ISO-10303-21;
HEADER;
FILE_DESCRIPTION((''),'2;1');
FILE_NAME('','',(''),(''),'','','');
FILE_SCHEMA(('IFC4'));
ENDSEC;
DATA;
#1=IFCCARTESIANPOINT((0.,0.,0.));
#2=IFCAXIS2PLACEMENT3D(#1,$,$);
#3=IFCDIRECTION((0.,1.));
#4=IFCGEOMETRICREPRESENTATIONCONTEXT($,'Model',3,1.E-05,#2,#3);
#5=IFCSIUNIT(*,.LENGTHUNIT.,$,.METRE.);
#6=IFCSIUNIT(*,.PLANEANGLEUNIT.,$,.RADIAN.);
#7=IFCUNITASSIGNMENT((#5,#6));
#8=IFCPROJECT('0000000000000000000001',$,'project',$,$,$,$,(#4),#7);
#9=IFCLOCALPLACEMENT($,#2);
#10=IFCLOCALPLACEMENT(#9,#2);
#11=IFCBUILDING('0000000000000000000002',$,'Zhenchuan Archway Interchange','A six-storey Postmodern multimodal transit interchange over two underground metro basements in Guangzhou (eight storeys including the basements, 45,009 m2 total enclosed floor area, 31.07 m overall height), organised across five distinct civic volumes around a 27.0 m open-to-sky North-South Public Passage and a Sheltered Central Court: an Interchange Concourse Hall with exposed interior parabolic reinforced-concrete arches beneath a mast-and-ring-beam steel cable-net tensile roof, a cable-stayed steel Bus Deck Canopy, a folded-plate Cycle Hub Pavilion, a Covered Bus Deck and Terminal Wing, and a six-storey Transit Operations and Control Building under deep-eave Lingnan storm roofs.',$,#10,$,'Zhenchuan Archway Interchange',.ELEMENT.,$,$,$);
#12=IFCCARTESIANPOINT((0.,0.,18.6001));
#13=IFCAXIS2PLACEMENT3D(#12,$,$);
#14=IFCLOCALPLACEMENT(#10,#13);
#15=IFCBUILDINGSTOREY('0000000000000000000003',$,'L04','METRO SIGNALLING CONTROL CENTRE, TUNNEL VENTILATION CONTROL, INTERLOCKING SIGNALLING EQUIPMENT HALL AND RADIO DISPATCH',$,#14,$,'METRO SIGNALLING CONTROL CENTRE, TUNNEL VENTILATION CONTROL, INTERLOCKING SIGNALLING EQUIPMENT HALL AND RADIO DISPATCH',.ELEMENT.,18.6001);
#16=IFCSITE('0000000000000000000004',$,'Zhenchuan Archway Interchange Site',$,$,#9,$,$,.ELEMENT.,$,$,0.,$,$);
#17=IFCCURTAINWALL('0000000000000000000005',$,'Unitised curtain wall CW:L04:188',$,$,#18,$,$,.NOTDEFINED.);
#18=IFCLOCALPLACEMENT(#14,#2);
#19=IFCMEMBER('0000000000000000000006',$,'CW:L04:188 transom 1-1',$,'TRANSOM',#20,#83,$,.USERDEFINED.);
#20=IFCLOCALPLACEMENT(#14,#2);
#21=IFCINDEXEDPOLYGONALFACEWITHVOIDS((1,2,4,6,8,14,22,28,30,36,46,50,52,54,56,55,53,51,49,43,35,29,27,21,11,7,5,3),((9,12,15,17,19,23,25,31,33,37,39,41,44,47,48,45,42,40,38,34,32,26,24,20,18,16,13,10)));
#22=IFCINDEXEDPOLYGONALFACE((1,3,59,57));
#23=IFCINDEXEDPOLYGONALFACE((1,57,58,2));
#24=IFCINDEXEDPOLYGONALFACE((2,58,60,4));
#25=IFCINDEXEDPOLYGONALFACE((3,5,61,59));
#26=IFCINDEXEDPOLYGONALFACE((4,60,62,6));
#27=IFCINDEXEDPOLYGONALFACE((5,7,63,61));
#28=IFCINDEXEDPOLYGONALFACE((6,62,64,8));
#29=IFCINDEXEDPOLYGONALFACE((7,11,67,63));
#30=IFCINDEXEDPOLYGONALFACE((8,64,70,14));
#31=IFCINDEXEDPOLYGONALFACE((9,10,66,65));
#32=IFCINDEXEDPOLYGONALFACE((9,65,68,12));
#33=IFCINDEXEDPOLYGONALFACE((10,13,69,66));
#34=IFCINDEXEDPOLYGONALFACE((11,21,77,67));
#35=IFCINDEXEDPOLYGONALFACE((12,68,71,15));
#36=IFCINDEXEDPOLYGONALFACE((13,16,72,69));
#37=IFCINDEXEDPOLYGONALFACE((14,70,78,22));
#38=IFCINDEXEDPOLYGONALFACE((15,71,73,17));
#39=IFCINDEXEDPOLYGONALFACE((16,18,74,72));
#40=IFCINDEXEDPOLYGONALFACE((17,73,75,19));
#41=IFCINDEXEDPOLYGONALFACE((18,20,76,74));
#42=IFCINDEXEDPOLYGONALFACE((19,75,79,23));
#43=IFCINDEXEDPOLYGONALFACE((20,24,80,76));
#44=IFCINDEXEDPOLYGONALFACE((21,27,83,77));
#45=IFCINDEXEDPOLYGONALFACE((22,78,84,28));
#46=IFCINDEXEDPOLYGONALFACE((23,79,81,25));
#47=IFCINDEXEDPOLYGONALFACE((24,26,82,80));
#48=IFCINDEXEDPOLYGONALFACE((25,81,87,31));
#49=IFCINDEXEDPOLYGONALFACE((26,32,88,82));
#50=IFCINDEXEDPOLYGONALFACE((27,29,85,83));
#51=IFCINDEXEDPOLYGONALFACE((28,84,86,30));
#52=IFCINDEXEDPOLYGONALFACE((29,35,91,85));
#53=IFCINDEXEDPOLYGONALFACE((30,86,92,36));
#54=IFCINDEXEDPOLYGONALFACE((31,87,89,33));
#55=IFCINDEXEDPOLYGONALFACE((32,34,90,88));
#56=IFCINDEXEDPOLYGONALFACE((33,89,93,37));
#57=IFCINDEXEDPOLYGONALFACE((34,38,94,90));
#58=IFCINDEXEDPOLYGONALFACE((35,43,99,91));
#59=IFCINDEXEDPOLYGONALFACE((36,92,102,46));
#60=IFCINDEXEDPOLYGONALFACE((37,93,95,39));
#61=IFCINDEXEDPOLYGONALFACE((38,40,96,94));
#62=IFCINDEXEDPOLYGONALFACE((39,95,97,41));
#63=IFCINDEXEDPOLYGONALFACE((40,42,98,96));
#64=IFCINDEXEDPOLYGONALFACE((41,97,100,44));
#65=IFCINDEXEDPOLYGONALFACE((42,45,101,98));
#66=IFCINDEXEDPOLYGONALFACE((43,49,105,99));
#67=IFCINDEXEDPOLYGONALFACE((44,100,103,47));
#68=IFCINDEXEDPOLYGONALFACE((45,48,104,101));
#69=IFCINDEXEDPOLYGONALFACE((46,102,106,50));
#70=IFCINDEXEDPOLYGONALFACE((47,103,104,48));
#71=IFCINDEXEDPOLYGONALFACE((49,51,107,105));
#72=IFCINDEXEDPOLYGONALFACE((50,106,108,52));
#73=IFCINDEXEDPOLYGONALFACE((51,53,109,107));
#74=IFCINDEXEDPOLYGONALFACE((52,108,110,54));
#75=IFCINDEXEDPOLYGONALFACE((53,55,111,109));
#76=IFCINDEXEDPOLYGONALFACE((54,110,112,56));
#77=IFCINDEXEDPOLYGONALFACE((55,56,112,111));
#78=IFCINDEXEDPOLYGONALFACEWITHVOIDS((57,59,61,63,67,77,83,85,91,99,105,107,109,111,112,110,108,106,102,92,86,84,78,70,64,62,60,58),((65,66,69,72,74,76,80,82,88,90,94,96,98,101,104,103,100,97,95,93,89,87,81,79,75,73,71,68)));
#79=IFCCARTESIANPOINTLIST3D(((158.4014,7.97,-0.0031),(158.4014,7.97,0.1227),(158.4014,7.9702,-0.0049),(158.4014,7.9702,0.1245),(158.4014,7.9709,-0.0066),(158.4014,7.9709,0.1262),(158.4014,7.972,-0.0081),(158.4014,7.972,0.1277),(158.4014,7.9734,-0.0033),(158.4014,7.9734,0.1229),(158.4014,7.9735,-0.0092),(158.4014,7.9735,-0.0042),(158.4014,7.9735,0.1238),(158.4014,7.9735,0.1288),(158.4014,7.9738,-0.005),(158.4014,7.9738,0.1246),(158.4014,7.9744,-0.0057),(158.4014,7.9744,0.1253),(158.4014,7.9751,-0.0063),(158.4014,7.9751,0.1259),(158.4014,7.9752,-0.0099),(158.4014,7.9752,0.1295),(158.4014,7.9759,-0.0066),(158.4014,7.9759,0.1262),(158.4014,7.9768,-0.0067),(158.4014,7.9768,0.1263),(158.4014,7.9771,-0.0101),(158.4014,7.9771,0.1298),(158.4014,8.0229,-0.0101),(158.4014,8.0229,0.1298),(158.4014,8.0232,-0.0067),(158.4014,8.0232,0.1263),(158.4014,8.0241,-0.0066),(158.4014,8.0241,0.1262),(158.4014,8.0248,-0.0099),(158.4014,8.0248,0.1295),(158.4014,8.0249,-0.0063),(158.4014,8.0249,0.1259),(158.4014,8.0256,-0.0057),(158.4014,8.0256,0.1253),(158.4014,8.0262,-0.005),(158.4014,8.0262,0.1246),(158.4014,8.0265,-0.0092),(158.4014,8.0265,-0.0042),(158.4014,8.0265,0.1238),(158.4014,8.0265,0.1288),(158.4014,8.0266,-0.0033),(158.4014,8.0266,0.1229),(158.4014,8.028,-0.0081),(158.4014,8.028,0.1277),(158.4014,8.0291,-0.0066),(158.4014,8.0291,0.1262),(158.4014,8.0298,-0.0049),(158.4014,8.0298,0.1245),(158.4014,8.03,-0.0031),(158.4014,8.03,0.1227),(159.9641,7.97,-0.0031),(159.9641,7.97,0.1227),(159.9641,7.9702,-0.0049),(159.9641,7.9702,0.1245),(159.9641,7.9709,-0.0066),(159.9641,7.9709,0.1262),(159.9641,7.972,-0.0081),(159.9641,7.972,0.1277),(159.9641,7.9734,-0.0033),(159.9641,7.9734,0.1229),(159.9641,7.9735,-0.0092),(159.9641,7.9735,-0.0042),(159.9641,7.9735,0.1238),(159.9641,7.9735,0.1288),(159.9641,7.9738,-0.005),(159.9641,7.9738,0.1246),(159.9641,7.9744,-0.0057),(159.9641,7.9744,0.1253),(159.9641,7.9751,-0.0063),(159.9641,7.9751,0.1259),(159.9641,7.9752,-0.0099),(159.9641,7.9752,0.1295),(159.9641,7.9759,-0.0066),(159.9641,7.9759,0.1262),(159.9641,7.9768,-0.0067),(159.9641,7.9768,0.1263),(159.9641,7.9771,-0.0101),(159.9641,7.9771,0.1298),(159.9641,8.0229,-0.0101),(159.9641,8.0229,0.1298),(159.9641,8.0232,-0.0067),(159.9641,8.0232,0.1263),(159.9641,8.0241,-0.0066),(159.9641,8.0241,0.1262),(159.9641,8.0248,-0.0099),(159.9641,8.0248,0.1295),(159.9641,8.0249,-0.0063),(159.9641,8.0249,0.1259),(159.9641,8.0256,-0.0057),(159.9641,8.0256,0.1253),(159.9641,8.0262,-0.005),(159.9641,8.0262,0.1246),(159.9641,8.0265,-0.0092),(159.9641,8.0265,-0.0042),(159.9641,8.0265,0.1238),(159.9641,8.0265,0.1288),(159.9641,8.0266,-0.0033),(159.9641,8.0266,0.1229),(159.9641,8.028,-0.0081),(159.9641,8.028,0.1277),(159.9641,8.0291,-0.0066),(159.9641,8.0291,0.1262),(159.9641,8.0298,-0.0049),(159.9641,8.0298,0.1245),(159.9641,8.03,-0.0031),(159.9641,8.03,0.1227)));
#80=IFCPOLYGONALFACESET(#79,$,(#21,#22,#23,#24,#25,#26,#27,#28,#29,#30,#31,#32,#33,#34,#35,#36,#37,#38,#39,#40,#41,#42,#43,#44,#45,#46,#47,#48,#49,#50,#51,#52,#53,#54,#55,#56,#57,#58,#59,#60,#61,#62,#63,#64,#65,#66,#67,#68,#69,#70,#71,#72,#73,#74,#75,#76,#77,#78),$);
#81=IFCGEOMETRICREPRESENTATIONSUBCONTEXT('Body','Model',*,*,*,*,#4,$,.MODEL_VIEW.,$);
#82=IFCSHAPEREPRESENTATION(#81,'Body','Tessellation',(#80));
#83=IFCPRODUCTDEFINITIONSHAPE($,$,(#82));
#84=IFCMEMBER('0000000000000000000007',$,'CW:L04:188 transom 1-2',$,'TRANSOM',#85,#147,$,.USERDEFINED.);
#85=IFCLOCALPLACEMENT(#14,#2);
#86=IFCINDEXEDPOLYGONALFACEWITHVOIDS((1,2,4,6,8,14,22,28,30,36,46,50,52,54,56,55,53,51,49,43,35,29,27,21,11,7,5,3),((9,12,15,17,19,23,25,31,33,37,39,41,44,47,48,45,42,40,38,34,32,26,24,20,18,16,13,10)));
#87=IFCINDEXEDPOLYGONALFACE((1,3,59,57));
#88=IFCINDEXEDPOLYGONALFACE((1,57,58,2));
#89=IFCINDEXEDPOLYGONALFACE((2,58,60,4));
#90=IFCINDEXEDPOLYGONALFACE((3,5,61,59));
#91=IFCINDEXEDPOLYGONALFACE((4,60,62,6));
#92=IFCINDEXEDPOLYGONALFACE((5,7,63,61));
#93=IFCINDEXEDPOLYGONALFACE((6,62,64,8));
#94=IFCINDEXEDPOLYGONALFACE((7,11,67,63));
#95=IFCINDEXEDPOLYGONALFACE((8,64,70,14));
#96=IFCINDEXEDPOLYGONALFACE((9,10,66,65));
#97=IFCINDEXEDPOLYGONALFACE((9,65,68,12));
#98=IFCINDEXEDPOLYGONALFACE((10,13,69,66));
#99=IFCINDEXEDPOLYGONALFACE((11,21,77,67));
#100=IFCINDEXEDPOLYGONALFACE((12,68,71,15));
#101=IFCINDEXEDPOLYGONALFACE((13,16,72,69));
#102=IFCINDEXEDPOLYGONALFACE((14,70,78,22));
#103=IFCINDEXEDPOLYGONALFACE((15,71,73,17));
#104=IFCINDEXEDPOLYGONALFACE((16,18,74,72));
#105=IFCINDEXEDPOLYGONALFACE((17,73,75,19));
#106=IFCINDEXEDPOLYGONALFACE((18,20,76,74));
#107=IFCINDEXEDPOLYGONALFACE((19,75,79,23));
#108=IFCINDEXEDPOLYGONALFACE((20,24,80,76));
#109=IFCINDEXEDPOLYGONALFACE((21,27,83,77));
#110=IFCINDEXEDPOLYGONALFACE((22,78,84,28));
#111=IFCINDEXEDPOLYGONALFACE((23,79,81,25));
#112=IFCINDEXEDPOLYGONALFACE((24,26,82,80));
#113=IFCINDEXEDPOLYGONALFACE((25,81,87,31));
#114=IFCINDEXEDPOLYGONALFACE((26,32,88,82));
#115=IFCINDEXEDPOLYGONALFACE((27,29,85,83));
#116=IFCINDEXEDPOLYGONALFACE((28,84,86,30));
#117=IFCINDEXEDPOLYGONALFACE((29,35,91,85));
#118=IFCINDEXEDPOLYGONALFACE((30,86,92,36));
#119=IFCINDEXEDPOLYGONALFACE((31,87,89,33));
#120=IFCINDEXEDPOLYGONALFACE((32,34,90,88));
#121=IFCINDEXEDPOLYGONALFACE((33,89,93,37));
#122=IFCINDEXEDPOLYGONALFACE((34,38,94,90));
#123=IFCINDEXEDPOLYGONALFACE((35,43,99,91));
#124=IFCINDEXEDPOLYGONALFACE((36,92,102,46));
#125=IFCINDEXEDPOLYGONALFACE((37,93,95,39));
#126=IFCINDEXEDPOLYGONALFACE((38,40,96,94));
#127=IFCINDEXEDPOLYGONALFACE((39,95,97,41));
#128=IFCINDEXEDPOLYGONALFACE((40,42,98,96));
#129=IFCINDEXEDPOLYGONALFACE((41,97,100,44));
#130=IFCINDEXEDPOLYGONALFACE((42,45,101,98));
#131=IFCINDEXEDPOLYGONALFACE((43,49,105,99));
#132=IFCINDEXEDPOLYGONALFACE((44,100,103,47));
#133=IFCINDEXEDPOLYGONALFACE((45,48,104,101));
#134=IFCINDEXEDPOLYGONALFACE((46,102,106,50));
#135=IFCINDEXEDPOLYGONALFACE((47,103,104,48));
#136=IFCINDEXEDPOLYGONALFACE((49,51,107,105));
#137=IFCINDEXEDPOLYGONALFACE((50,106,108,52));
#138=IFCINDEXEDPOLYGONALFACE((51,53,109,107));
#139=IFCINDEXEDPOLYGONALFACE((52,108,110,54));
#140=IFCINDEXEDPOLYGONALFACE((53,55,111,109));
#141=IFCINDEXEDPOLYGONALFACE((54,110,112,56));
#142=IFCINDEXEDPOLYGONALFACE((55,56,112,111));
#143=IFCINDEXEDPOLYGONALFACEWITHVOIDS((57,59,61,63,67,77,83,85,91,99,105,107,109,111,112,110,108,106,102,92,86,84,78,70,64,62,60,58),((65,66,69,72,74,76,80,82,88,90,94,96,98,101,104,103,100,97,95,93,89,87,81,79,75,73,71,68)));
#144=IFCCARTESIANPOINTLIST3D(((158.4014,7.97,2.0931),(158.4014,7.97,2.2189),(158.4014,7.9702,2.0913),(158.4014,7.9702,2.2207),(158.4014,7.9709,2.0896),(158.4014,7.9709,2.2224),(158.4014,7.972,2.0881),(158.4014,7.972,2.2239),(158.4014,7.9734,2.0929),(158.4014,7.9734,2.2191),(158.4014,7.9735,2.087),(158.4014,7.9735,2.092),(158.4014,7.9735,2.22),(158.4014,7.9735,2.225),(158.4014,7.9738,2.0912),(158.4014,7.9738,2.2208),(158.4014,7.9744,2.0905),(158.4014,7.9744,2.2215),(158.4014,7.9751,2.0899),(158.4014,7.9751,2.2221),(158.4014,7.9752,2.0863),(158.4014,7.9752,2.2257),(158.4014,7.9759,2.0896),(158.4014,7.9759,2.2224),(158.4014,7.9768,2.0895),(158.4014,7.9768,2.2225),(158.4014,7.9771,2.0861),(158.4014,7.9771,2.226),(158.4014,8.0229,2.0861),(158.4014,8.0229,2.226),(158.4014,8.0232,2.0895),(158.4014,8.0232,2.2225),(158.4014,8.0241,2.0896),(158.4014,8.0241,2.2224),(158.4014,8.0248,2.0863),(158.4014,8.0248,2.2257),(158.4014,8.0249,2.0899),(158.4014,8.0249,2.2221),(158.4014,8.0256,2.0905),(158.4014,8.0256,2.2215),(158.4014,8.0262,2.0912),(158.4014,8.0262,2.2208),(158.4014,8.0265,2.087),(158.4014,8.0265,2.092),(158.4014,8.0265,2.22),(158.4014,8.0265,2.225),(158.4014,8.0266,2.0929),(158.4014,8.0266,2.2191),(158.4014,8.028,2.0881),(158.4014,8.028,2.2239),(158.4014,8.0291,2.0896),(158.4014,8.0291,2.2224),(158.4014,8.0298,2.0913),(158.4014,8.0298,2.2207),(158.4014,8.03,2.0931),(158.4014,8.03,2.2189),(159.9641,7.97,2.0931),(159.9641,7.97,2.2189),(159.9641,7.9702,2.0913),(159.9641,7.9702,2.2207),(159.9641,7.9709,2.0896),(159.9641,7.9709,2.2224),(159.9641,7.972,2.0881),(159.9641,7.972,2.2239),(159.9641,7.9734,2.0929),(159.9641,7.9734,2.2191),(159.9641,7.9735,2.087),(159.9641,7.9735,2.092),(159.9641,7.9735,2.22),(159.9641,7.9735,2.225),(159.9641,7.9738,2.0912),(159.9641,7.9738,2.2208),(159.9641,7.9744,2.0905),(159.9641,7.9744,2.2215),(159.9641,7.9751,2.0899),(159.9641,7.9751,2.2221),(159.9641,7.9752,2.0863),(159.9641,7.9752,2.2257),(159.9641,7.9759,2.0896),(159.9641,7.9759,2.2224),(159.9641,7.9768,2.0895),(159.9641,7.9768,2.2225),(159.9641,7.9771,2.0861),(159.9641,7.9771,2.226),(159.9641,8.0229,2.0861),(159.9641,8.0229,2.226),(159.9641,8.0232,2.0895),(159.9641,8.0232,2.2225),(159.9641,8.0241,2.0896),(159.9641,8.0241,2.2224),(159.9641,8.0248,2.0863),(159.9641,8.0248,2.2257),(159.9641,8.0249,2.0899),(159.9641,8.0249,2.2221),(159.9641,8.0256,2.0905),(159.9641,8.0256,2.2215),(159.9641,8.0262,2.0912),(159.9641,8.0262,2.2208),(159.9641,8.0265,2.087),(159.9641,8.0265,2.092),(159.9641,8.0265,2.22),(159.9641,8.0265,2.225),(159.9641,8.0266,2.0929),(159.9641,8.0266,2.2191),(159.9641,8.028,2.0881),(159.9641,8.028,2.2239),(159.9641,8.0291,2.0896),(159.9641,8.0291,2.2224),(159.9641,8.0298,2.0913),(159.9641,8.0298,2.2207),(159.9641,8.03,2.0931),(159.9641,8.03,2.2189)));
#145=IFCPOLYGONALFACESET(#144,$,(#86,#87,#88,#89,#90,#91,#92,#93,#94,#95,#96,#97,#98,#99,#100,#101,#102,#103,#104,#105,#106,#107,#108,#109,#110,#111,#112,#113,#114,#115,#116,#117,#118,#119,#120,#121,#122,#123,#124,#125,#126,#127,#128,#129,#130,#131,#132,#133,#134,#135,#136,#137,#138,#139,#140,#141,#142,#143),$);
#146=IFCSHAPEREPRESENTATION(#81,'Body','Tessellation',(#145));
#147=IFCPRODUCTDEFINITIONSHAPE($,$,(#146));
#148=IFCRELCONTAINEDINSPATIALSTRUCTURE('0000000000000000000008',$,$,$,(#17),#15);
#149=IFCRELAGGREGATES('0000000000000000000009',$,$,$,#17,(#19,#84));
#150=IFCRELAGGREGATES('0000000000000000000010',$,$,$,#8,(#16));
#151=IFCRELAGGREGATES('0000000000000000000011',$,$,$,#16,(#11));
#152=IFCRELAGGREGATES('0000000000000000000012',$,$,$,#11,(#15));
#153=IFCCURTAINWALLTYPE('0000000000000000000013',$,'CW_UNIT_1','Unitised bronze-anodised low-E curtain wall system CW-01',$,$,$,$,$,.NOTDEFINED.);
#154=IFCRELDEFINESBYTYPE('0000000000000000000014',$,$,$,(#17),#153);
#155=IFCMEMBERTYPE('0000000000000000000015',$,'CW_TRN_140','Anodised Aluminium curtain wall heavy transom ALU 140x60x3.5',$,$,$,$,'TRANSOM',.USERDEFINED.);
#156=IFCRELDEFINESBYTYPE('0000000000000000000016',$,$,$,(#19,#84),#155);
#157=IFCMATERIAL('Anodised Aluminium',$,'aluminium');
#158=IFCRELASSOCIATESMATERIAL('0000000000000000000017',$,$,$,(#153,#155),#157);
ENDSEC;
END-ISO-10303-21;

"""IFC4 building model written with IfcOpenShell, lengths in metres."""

from ifc_helpers import new_model, si_unit, direction, frame, origin, origin_2d, place, context, subcontext, project, spatial, hollow_rectangle, extrude, material, material_profile, profile_set, type_object, element, aggregate, save


model = new_model("IFC4")

# Units and contexts
model_context = context("Model", 3, precision=1e-05, world=origin(), true_north=direction((0.0, 1.0)))
body_context = subcontext(model_context, "Body", "Model", "MODEL_VIEW")
ifc_project = project(units=[si_unit("LENGTHUNIT", "METRE"), si_unit("PLANEANGLEUNIT", "RADIAN")], contexts=[model_context])

# Site, building, storey
site_placement = place(None, origin())
site = spatial("IfcSite", under=ifc_project, at=site_placement, Name="Zhenchuan Archway Interchange Site", CompositionType="ELEMENT", RefElevation=0.0)
building_placement = place(site_placement, origin())
building = spatial("IfcBuilding", under=site, at=building_placement, Name="Zhenchuan Archway Interchange", Description="A six-storey Postmodern multimodal transit interchange over two underground metro basements in Guangzhou (eight storeys including the basements, 45,009 m2 total enclosed floor area, 31.07 m overall height), organised across five distinct civic volumes around a 27.0 m open-to-sky North-South Public Passage and a Sheltered Central Court: an Interchange Concourse Hall with exposed interior parabolic reinforced-concrete arches beneath a mast-and-ring-beam steel cable-net tensile roof, a cable-stayed steel Bus Deck Canopy, a folded-plate Cycle Hub Pavilion, a Covered Bus Deck and Terminal Wing, and a six-storey Transit Operations and Control Building under deep-eave Lingnan storm roofs.", LongName="Zhenchuan Archway Interchange", CompositionType="ELEMENT")
storey_placement = place(building_placement, frame((0.0, 0.0, 18.6001)))
storey = spatial("IfcBuildingStorey", under=building, at=storey_placement, Name="L04", Description="METRO SIGNALLING CONTROL CENTRE, TUNNEL VENTILATION CONTROL, INTERLOCKING SIGNALLING EQUIPMENT HALL AND RADIO DISPATCH", LongName="METRO SIGNALLING CONTROL CENTRE, TUNNEL VENTILATION CONTROL, INTERLOCKING SIGNALLING EQUIPMENT HALL AND RADIO DISPATCH", CompositionType="ELEMENT", Elevation=18.6001)

# Curtain wall, members
ifc_material_1 = material(Name="Anodised Aluminium", Category="aluminium")
curtain_wall_type = type_object("IfcCurtainWallType", Name="CW_UNIT_1", Description="Unitised bronze-anodised low-E curtain wall system CW-01", PredefinedType="NOTDEFINED", material=ifc_material_1)
curtain_wall_placement = place(storey_placement, origin())
curtain_wall = element("IfcCurtainWall", 1, at=curtain_wall_placement, inside=storey, type_object=curtain_wall_type, Name="Unitised curtain wall CW:L04:188", PredefinedType="NOTDEFINED")
ifc_material_profile_1 = material_profile(ifc_material_1, hollow_rectangle(XDim=0.0601, YDim=0.1399, WallThickness=0.0034, InnerFilletRadius=0.0034, OuterFilletRadius=0.0071, at=origin_2d()), Name="ALU 140x60x3.5")
ifc_profile_set_1 = profile_set([ifc_material_profile_1], Name="Anodised Aluminium")
member_type_1 = type_object("IfcMemberType", Name="CW_TRN_140", Description="Anodised Aluminium curtain wall heavy transom ALU 140x60x3.5", ElementType="TRANSOM", PredefinedType="USERDEFINED", material=ifc_profile_set_1)
member_1_placement = place(storey_placement, frame((159.9641, 8.0, 0.0598), z_axis=(-1.0, 0.0, 0.0), x_axis=(0.0, -1.0, 0.0)))
member_1 = element("IfcMember", 2, at=member_1_placement, type_object=member_type_1, Name="CW:L04:188 transom 1-1", ObjectType="TRANSOM", PredefinedType="USERDEFINED", context=body_context, shape_type="SweptSolid", body=[
    extrude(hollow_rectangle(XDim=0.0601, YDim=0.1399, WallThickness=0.0034, InnerFilletRadius=0.0034, OuterFilletRadius=0.0071, at=origin_2d()), origin(), (0.0, 0.0, 1.0), 1.5627),
])
member_2_placement = place(storey_placement, frame((159.9641, 8.0, 2.156), z_axis=(-1.0, 0.0, 0.0), x_axis=(0.0, -1.0, 0.0)))
member_2 = element("IfcMember", 3, at=member_2_placement, type_object=member_type_1, Name="CW:L04:188 transom 1-2", ObjectType="TRANSOM", PredefinedType="USERDEFINED", context=body_context, shape_type="SweptSolid", body=[
    extrude(hollow_rectangle(XDim=0.0601, YDim=0.1399, WallThickness=0.0034, InnerFilletRadius=0.0034, OuterFilletRadius=0.0071, at=origin_2d()), origin(), (0.0, 0.0, 1.0), 1.5627),
])

aggregate(curtain_wall, [member_1, member_2])

save(model, "model.ifc")
